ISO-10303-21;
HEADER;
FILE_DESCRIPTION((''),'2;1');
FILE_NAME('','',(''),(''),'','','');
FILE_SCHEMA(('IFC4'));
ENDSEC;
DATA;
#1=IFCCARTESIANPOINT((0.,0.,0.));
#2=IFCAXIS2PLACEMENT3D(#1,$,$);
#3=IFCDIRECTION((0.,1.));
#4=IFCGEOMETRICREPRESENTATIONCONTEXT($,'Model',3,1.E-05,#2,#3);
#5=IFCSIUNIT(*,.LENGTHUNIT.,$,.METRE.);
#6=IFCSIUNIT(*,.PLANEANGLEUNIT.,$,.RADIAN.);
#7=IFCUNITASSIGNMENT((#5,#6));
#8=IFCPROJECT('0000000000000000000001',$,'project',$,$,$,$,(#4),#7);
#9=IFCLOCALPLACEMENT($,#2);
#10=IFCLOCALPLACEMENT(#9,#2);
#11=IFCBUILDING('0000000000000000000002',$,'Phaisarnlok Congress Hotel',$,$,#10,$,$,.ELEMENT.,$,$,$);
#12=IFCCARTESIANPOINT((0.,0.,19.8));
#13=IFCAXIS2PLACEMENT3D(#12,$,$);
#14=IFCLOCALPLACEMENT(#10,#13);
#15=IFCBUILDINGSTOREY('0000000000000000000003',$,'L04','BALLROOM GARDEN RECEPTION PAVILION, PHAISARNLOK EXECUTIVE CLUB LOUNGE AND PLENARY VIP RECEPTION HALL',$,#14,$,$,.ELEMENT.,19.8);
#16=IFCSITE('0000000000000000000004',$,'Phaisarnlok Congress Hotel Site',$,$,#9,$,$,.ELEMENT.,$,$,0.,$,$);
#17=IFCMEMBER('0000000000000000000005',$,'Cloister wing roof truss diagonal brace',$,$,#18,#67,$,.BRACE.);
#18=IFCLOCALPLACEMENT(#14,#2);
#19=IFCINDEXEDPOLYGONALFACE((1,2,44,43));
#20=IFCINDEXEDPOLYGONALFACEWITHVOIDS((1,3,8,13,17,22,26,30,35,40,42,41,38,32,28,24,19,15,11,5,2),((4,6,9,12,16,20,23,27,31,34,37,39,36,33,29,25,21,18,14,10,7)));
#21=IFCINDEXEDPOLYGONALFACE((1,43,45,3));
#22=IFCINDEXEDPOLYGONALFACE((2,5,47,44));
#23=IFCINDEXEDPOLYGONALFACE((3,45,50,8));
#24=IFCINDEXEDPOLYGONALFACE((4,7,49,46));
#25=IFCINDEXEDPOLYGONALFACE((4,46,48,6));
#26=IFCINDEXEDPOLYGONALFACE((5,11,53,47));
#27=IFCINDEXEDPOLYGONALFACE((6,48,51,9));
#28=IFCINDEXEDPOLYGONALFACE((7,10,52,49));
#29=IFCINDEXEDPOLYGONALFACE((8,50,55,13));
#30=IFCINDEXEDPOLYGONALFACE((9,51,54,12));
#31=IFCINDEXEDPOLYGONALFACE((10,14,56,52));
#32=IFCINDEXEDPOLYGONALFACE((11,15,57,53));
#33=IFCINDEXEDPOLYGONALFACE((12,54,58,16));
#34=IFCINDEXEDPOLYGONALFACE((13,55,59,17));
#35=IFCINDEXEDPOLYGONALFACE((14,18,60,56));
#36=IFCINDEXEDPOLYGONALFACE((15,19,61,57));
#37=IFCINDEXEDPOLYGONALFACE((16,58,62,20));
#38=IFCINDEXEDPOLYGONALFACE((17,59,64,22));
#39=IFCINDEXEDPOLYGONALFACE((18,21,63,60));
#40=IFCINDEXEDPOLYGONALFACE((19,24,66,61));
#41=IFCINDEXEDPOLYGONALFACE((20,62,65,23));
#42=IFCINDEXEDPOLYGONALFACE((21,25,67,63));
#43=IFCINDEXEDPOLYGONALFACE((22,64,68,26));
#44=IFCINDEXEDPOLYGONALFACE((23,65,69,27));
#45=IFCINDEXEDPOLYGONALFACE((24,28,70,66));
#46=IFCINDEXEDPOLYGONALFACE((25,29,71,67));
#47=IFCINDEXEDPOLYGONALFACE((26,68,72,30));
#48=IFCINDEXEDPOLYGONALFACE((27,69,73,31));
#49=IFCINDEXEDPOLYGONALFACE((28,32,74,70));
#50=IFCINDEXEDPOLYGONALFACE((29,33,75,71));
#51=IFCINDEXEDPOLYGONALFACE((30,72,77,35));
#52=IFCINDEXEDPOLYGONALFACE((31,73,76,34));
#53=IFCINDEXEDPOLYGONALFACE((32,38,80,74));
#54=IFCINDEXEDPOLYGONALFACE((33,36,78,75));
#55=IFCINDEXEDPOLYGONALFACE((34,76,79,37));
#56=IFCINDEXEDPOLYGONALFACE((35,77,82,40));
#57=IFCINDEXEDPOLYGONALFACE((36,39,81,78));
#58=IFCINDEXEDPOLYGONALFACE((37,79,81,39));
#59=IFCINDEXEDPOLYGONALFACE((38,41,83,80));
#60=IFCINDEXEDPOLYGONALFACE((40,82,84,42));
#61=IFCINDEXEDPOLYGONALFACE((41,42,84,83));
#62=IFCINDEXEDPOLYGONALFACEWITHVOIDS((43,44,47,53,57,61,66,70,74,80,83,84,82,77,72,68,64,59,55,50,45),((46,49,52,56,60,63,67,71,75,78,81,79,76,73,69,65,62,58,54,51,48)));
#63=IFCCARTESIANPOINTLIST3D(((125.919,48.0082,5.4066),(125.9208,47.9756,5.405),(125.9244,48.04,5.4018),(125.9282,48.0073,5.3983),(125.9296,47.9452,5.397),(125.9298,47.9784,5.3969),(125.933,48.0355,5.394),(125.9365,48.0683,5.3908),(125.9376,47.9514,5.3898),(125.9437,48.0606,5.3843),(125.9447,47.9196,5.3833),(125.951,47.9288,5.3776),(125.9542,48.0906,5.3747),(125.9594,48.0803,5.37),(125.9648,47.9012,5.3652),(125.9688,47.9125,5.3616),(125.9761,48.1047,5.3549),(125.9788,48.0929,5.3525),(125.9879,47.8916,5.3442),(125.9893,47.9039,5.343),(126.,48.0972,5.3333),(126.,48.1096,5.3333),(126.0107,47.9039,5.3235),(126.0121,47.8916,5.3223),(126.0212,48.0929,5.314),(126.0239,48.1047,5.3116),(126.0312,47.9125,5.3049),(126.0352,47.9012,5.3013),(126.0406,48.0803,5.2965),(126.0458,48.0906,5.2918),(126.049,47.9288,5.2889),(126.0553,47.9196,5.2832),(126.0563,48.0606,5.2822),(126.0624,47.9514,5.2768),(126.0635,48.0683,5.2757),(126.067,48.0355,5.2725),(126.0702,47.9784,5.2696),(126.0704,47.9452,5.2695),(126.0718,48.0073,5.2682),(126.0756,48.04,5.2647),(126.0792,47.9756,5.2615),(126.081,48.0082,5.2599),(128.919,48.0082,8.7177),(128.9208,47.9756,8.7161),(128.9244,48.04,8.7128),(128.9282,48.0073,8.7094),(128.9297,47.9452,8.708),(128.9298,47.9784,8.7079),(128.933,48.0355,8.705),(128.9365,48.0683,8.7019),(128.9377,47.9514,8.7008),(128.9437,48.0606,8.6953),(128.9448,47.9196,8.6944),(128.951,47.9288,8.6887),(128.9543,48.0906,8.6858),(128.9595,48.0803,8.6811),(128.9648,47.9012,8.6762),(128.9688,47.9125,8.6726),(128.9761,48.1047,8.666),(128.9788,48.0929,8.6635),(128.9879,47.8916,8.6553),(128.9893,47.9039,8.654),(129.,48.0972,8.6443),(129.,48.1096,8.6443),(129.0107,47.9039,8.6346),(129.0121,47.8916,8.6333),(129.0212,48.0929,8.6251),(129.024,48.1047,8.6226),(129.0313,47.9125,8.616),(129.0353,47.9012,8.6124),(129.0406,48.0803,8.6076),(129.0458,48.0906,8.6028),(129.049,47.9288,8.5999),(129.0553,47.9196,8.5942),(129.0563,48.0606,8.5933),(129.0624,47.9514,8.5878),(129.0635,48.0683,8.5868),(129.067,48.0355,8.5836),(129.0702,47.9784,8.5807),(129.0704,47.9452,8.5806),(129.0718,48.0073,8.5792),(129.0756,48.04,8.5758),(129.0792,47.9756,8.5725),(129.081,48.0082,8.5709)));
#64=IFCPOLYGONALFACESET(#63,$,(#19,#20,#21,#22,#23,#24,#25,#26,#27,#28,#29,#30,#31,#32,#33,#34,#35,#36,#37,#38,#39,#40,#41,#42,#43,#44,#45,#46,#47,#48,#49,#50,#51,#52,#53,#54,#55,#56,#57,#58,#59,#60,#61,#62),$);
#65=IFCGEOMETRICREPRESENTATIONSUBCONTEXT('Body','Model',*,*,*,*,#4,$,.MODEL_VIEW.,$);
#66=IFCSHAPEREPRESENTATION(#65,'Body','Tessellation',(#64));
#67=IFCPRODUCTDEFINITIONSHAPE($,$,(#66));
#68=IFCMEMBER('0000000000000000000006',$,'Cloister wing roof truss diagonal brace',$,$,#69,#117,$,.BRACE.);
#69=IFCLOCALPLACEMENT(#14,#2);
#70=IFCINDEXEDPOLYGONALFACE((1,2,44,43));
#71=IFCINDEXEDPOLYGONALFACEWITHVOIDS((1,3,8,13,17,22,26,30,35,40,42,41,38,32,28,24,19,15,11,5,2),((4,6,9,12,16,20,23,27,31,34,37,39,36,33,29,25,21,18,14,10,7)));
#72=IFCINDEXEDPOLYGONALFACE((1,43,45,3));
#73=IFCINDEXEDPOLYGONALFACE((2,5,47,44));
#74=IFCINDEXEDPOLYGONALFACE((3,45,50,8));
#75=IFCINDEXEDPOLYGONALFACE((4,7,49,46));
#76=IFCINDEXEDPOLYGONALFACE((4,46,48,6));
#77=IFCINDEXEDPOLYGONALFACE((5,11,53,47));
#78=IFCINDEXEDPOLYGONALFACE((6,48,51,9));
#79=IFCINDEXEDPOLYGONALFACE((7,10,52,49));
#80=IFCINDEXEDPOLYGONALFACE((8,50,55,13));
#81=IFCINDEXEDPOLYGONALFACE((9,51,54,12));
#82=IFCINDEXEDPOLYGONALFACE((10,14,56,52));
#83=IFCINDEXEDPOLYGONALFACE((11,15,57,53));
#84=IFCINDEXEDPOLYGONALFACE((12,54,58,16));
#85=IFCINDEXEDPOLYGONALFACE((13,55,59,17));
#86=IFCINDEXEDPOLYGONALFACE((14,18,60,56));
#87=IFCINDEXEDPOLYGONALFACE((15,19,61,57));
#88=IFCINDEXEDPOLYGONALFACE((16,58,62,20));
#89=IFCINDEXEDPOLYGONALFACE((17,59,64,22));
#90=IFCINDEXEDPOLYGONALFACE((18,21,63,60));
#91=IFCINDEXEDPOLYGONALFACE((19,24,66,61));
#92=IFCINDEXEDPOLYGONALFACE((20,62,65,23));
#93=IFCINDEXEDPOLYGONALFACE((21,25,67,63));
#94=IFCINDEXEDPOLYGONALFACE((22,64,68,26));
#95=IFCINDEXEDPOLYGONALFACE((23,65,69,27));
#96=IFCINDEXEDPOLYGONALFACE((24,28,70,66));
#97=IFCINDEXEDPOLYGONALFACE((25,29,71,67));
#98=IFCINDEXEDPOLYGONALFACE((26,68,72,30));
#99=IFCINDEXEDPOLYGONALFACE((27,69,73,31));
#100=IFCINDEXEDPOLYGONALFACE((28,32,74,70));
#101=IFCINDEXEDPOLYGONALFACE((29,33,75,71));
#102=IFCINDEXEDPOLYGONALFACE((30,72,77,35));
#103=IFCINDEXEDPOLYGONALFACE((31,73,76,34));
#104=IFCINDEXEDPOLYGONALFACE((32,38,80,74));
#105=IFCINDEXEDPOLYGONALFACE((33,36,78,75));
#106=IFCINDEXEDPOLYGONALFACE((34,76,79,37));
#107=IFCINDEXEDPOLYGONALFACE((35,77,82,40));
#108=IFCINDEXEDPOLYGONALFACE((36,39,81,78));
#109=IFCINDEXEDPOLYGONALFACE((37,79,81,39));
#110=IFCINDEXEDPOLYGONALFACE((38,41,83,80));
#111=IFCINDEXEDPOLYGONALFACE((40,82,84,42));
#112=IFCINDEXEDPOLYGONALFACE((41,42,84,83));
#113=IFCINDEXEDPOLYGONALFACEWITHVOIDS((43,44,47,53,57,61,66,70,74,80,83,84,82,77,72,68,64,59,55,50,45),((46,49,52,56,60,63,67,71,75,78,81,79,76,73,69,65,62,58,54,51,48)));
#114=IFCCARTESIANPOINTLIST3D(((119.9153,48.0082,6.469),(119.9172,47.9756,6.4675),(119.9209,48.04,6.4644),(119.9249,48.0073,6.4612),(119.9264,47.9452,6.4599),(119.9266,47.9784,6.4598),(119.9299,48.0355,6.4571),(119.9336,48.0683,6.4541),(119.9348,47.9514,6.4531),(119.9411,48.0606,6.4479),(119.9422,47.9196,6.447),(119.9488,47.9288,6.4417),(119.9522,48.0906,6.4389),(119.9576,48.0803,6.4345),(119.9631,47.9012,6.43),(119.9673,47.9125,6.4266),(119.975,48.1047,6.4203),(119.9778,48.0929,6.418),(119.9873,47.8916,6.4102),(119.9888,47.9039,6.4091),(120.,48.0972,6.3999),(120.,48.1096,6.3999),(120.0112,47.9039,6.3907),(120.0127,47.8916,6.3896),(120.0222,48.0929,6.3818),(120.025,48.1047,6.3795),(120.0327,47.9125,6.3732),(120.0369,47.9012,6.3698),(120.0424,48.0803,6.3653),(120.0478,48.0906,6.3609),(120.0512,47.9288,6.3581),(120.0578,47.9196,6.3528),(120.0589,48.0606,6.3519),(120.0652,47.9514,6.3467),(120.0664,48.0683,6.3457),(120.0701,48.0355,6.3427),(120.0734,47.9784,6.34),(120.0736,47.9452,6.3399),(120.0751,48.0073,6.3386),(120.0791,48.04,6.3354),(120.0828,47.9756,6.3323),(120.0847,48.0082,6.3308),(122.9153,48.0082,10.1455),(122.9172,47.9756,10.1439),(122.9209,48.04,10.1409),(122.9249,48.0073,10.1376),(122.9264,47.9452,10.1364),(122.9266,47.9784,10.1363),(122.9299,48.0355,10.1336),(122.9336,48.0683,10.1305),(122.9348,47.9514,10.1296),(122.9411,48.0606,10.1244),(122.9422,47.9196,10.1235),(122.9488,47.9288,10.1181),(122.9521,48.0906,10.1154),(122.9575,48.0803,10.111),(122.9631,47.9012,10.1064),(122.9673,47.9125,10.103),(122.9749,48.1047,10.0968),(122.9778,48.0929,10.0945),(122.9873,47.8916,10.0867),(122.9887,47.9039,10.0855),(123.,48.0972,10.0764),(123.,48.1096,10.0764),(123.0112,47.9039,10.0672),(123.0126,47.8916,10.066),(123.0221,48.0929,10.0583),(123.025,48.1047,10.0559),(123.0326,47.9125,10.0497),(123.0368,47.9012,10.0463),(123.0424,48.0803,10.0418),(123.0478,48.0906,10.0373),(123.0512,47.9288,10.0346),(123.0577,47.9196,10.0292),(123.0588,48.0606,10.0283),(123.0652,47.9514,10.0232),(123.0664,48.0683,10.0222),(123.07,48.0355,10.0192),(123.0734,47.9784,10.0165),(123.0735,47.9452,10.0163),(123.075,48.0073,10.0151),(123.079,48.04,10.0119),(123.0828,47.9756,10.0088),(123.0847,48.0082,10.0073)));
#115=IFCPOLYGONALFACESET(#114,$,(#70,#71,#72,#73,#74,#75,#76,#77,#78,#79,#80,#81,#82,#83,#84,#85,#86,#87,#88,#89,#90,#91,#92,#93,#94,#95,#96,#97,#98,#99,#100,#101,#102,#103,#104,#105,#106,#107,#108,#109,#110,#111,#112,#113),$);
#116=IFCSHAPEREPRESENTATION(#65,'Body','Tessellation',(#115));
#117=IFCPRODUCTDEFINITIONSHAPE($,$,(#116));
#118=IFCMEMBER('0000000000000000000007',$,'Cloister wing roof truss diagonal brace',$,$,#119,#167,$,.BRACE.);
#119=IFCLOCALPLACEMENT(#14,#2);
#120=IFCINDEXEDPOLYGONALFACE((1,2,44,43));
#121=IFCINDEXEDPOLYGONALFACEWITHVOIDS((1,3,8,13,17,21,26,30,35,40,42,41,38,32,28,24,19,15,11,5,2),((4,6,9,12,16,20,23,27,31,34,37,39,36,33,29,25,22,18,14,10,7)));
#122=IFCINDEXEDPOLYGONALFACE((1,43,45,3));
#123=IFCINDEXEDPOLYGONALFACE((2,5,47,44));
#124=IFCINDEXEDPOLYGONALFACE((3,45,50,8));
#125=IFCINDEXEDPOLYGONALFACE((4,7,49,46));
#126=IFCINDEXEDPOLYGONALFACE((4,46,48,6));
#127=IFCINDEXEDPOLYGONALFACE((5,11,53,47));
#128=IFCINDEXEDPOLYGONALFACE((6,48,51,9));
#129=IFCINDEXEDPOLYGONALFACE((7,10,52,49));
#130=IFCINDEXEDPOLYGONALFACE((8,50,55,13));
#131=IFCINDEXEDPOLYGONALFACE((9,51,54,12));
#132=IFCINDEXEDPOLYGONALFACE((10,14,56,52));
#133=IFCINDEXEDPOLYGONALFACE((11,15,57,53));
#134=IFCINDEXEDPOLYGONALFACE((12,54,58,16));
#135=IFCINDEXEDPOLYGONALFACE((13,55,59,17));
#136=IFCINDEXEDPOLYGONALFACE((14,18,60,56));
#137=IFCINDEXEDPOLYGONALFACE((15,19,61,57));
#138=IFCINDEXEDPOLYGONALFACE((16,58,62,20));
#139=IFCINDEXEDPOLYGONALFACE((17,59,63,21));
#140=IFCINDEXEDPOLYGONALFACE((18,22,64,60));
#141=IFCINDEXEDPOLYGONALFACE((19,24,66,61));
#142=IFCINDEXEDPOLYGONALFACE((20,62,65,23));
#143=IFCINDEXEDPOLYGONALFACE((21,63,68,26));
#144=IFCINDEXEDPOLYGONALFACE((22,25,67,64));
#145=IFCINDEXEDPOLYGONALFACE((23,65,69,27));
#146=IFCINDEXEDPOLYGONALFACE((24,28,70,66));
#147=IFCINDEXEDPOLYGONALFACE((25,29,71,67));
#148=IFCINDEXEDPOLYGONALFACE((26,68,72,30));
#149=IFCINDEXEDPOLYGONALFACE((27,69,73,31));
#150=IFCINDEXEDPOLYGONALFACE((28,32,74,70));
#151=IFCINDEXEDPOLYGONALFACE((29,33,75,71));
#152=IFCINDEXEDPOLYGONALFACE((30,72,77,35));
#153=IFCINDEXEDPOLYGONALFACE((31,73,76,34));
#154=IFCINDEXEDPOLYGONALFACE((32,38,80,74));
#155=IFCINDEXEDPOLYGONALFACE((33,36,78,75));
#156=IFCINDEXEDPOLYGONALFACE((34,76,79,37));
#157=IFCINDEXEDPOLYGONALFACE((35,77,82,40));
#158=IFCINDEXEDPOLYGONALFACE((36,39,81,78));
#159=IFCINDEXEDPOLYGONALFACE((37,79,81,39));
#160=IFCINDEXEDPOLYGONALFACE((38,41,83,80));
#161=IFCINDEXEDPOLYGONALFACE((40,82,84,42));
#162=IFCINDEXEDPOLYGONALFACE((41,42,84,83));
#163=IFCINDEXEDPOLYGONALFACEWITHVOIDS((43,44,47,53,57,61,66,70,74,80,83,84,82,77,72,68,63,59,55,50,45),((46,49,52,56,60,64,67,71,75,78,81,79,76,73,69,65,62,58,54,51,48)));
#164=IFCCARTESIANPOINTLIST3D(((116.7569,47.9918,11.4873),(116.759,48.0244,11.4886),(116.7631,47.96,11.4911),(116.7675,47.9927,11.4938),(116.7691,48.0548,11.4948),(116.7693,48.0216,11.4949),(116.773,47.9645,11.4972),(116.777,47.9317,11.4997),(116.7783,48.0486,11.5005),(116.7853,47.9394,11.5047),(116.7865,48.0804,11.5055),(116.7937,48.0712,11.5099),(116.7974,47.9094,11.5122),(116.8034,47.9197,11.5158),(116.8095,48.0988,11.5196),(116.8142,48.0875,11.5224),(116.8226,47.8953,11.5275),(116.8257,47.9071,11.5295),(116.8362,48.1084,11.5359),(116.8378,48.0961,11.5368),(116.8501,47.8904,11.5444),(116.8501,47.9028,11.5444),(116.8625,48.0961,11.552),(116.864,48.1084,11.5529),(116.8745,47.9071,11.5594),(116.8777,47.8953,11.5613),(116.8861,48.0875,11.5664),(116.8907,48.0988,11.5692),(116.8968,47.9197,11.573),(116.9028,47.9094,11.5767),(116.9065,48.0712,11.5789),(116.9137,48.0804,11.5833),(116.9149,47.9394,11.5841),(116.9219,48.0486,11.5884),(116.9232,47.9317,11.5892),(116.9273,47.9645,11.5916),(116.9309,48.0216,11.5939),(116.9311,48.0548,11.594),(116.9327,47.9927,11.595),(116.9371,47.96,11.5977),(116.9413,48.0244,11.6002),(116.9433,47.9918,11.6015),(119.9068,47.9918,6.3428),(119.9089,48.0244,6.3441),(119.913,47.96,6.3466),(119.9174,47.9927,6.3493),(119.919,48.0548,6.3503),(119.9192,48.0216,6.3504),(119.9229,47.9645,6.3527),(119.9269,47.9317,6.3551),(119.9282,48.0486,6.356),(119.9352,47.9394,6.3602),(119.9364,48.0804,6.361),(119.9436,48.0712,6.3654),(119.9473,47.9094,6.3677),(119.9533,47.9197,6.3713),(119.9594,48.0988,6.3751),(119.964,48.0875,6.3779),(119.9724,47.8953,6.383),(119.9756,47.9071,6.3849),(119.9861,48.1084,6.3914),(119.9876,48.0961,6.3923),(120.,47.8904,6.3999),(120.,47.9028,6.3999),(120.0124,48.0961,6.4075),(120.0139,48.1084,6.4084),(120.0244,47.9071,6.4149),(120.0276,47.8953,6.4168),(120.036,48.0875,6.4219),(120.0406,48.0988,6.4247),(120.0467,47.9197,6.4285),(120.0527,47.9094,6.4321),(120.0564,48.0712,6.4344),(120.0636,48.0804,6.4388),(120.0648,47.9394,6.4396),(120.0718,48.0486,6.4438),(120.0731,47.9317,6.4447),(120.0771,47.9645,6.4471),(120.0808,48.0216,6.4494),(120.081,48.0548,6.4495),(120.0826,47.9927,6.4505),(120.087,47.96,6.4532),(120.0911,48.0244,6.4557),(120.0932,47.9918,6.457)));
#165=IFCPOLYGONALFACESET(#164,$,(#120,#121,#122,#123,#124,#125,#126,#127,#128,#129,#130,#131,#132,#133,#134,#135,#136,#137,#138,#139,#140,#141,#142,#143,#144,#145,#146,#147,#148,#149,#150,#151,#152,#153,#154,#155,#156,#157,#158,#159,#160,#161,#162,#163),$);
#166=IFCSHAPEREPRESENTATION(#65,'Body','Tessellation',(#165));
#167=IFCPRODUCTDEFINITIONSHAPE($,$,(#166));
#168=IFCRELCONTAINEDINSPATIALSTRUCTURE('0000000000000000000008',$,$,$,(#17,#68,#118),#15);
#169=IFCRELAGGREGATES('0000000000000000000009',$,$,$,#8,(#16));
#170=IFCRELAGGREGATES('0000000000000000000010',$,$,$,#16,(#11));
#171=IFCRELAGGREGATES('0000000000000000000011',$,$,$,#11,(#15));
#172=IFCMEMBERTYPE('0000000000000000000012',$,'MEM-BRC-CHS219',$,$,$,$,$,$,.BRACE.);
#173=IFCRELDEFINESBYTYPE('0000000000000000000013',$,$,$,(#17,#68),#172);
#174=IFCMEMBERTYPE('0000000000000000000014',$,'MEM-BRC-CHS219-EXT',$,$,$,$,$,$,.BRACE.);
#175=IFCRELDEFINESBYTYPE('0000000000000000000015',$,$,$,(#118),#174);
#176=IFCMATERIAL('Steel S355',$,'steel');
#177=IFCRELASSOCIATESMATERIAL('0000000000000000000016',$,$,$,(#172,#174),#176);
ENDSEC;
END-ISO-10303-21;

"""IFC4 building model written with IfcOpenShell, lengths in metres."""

from ifc_helpers import new_model, si_unit, direction, frame, origin, origin_2d, place, context, subcontext, project, spatial, hollow_circle, extrude, material, material_profile, profile_set, type_object, element, save


model = new_model("IFC4")

# Units and contexts
model_context = context("Model", 3, precision=1e-05, world=origin(), true_north=direction((0.0, 1.0)))
body_context = subcontext(model_context, "Body", "Model", "MODEL_VIEW")
ifc_project = project(units=[si_unit("LENGTHUNIT", "METRE"), si_unit("PLANEANGLEUNIT", "RADIAN")], contexts=[model_context])

# Site, building, storey
site_placement = place(None, origin())
site = spatial("IfcSite", under=ifc_project, at=site_placement, Name="Phaisarnlok Congress Hotel Site", CompositionType="ELEMENT", RefElevation=0.0)
building_placement = place(site_placement, origin())
building = spatial("IfcBuilding", under=site, at=building_placement, Name="Phaisarnlok Congress Hotel", CompositionType="ELEMENT")
storey_placement = place(building_placement, frame((0.0, 0.0, 19.8)))
storey = spatial("IfcBuildingStorey", under=building, at=storey_placement, Name="L04", Description="BALLROOM GARDEN RECEPTION PAVILION, PHAISARNLOK EXECUTIVE CLUB LOUNGE AND PLENARY VIP RECEPTION HALL", CompositionType="ELEMENT", Elevation=19.8)

# Shared definitions
ifc_material_1 = material(Name="Steel S355", Category="steel")

# Members
ifc_material_profile_1 = material_profile(ifc_material_1, hollow_circle(Radius=0.1096, WallThickness=0.0125, at=origin_2d()), Name="CHS 219.1x12.5")
ifc_profile_set_1 = profile_set([ifc_material_profile_1], Name="Steel S355")
member_type_1 = type_object("IfcMemberType", Name="MEM-BRC-CHS219", PredefinedType="BRACE", material=ifc_profile_set_1)
member_1_placement = place(storey_placement, frame((126.0, 48.0, 5.3333), z_axis=(0.671443, 0.0, 0.741057), x_axis=(0.0, 1.0, 0.0)))
element("IfcMember", 1, at=member_1_placement, inside=storey, type_object=member_type_1, Name="Cloister wing roof truss diagonal brace", PredefinedType="BRACE", context=body_context, shape_type="SweptSolid", body=[
    extrude(hollow_circle(Radius=0.1096, WallThickness=0.0125, at=origin_2d()), origin(), (0.0, 0.0, 1.0), 4.468),
])
member_2_placement = place(storey_placement, frame((120.0, 48.0, 6.3999), z_axis=(0.63222, 0.0, 0.774789), x_axis=(0.0, 1.0, 0.0)))
element("IfcMember", 2, at=member_2_placement, inside=storey, type_object=member_type_1, Name="Cloister wing roof truss diagonal brace", PredefinedType="BRACE", context=body_context, shape_type="SweptSolid", body=[
    extrude(hollow_circle(Radius=0.1096, WallThickness=0.0125, at=origin_2d()), origin(), (0.0, 0.0, 1.0), 4.7451),
])
ifc_material_profile_2 = material_profile(ifc_material_1, hollow_circle(Radius=0.1096, WallThickness=0.0125, at=origin_2d()), Name="CHS 219.1x12.5")
ifc_profile_set_2 = profile_set([ifc_material_profile_2], Name="Steel S355")
member_type_2 = type_object("IfcMemberType", Name="MEM-BRC-CHS219-EXT", PredefinedType="BRACE", material=ifc_profile_set_2)
member_3_placement = place(storey_placement, frame((120.0, 48.0, 6.3999), z_axis=(-0.522177, 0.0, 0.852837), x_axis=(0.0, -1.0, 0.0)))
element("IfcMember", 3, at=member_3_placement, inside=storey, type_object=member_type_2, Name="Cloister wing roof truss diagonal brace", PredefinedType="BRACE", context=body_context, shape_type="SweptSolid", body=[
    extrude(hollow_circle(Radius=0.1096, WallThickness=0.0125, at=origin_2d()), origin(), (0.0, 0.0, 1.0), 6.0322),
])

save(model, "model.ifc")
